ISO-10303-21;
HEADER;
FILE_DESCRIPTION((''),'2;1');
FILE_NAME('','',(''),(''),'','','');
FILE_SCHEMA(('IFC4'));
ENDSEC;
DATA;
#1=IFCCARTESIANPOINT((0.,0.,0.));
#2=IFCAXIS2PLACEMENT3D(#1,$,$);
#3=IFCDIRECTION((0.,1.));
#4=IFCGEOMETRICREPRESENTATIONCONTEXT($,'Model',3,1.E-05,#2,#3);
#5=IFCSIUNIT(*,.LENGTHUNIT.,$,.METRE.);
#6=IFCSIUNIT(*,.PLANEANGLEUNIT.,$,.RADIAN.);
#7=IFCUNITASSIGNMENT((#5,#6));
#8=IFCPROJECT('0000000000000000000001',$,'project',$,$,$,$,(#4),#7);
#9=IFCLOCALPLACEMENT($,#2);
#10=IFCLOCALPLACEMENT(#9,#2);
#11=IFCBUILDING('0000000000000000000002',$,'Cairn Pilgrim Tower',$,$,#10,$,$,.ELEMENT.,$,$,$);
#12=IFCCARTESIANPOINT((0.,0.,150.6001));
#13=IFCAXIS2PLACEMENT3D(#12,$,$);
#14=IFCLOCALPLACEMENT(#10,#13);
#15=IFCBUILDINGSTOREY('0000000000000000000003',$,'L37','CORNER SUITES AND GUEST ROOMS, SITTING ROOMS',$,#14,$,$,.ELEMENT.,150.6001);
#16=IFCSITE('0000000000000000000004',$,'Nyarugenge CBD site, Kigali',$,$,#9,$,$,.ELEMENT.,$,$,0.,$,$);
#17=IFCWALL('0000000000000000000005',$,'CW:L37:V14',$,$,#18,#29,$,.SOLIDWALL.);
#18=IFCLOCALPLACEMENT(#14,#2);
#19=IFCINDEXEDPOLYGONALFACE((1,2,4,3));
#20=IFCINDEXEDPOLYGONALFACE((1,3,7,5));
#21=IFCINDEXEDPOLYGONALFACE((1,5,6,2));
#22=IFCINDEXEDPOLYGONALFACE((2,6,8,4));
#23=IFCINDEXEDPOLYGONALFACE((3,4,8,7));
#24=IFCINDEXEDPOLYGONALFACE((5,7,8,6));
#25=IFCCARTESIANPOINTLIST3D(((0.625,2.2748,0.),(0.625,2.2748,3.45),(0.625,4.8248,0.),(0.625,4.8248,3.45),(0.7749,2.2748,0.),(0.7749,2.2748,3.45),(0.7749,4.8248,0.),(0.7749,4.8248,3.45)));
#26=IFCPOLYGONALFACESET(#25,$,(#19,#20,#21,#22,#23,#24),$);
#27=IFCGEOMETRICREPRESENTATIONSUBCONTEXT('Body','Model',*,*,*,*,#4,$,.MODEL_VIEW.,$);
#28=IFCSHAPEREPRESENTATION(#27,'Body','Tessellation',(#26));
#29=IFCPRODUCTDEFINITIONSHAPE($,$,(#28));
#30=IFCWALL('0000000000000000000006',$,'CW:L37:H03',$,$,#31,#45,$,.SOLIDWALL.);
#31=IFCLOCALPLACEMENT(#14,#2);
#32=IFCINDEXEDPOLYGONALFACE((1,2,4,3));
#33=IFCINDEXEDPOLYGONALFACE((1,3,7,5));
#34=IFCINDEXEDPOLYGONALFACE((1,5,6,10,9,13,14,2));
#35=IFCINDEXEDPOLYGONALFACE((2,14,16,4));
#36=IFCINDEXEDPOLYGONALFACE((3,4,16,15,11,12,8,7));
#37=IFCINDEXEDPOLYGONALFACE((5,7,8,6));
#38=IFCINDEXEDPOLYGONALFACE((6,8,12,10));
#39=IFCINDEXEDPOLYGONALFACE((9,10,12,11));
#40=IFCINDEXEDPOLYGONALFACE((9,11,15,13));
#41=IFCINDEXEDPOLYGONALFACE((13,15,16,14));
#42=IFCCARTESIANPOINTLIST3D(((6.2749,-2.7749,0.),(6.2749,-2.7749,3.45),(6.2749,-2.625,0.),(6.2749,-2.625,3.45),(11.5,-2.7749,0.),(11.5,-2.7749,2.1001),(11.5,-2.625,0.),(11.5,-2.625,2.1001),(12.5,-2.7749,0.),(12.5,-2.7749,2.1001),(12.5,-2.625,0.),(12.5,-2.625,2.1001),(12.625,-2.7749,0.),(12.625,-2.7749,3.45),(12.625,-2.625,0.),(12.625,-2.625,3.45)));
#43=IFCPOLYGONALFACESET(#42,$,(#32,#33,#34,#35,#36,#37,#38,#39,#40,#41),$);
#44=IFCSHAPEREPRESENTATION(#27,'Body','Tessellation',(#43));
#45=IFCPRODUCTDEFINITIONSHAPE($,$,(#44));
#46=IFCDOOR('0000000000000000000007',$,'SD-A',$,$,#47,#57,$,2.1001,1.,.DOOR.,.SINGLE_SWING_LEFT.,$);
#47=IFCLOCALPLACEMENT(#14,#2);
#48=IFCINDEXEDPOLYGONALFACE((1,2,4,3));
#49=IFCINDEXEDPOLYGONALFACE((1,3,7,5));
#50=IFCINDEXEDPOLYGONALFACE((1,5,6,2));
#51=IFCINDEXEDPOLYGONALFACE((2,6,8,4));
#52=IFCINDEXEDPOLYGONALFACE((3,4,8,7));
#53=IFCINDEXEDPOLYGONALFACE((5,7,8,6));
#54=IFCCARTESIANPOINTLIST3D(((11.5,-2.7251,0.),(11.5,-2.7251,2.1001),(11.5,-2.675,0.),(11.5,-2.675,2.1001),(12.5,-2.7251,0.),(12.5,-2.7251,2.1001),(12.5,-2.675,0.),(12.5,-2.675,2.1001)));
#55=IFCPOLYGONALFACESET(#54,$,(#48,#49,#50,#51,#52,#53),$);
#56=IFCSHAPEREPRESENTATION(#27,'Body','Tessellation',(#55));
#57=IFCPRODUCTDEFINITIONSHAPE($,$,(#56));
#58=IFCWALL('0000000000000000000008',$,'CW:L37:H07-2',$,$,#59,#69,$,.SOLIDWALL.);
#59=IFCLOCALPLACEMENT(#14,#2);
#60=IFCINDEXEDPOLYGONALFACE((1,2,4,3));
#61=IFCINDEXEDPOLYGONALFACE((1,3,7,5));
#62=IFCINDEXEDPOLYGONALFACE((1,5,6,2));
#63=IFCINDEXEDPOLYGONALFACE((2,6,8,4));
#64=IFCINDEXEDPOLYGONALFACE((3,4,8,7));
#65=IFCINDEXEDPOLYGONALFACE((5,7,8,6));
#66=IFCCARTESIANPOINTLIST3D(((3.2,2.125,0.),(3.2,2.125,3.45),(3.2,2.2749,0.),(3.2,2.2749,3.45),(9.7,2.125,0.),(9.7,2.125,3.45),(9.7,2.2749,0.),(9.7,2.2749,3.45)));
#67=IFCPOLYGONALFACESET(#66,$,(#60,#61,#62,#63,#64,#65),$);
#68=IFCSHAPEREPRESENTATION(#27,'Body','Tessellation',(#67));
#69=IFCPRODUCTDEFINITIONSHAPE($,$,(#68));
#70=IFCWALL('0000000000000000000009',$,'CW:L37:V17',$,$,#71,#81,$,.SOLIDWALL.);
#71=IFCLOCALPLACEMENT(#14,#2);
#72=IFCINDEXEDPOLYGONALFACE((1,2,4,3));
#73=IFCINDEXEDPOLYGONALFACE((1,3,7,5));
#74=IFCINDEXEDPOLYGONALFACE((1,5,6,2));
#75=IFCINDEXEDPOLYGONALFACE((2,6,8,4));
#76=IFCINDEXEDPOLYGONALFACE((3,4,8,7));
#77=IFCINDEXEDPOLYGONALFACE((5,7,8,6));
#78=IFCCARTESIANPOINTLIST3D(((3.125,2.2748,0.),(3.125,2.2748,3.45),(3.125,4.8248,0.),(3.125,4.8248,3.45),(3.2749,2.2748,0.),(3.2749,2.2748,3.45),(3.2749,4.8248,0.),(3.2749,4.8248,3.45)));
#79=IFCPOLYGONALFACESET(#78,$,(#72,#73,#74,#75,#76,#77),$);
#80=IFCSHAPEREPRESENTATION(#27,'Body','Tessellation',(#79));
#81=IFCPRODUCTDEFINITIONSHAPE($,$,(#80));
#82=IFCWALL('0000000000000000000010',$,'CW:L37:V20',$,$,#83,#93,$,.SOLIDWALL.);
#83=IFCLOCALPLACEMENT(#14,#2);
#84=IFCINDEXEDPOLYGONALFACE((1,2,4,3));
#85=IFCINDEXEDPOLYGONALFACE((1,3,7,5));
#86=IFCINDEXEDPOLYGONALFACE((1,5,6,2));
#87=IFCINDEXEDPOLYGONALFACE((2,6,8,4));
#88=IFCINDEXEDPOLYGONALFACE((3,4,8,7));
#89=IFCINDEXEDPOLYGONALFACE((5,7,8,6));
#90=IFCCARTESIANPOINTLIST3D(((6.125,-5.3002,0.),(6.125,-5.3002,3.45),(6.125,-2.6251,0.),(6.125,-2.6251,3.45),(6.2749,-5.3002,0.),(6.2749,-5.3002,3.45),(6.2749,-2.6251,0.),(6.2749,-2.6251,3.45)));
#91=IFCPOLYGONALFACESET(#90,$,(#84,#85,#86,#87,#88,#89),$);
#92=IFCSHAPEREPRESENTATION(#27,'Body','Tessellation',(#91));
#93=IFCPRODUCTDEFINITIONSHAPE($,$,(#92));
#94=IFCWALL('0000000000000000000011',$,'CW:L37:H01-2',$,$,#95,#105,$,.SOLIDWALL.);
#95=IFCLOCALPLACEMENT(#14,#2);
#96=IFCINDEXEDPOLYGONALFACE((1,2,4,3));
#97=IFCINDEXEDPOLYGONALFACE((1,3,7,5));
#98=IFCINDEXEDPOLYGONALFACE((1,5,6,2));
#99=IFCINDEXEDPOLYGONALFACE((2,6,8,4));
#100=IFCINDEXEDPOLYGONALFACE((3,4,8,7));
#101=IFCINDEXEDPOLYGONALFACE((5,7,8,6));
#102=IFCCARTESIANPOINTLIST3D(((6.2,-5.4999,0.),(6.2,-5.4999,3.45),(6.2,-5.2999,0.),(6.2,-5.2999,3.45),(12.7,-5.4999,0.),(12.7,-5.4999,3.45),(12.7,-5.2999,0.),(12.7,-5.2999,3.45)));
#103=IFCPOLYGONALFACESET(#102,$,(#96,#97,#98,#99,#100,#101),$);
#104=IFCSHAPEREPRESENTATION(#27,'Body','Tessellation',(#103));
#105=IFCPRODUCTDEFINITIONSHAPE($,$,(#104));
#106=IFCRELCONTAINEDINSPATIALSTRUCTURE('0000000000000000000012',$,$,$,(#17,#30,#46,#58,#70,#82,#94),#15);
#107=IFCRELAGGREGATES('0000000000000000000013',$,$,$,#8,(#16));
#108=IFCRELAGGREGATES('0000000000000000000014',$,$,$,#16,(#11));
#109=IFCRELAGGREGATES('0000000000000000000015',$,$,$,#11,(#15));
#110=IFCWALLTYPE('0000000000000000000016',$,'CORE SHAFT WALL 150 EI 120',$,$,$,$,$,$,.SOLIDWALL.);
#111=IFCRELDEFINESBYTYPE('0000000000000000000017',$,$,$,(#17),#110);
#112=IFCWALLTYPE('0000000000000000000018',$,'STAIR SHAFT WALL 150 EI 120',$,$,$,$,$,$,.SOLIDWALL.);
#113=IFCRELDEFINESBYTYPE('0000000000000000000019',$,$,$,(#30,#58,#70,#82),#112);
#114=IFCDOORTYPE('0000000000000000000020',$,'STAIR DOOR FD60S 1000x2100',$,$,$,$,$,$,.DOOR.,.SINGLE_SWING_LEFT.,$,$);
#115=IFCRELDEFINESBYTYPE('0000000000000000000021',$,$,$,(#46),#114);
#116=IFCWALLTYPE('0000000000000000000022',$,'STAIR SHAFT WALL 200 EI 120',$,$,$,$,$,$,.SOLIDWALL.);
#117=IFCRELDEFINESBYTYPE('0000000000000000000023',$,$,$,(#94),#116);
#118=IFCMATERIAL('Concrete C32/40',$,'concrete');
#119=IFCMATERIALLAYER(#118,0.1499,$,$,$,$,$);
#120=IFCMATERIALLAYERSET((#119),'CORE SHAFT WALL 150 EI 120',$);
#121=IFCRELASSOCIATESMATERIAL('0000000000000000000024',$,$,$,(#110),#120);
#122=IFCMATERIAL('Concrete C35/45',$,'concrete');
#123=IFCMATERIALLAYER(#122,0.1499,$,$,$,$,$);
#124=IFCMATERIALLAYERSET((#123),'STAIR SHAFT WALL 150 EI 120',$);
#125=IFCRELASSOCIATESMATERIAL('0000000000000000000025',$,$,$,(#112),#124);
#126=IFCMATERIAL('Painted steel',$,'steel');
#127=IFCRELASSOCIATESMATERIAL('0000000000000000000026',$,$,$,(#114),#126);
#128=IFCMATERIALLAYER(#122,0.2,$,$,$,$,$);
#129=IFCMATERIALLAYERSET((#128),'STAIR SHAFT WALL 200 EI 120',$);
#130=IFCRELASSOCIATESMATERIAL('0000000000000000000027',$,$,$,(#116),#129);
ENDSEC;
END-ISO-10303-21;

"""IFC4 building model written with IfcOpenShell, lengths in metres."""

from ifc_helpers import new_model, si_unit, direction, frame, frame_2d, origin, place, context, subcontext, project, spatial, rectangle, extrude, material, layer, layer_set, type_object, element, fill, save


model = new_model("IFC4")

# Units and contexts
model_context = context("Model", 3, precision=1e-05, world=origin(), true_north=direction((0.0, 1.0)))
body_context = subcontext(model_context, "Body", "Model", "MODEL_VIEW")
ifc_project = project(units=[si_unit("LENGTHUNIT", "METRE"), si_unit("PLANEANGLEUNIT", "RADIAN")], contexts=[model_context])

# Site, building, storey
site_placement = place(None, origin())
site = spatial("IfcSite", under=ifc_project, at=site_placement, Name="Nyarugenge CBD site, Kigali", CompositionType="ELEMENT", RefElevation=0.0)
building_placement = place(site_placement, origin())
building = spatial("IfcBuilding", under=site, at=building_placement, Name="Cairn Pilgrim Tower", CompositionType="ELEMENT")
storey_placement = place(building_placement, frame((0.0, 0.0, 150.6001)))
storey = spatial("IfcBuildingStorey", under=building, at=storey_placement, Name="L37", Description="CORNER SUITES AND GUEST ROOMS, SITTING ROOMS", CompositionType="ELEMENT", Elevation=150.6001)

# Shared definitions
ifc_material_1 = material(Name="Concrete C35/45", Category="concrete")

# Shared definitions
ifc_material_2 = material(Name="Concrete C32/40", Category="concrete")

# Wall
ifc_layer_1 = layer(ifc_material_2, 0.1499)
ifc_layer_set_1 = layer_set([ifc_layer_1], Name="CORE SHAFT WALL 150 EI 120")
wall_type_1 = type_object("IfcWallType", Name="CORE SHAFT WALL 150 EI 120", PredefinedType="SOLIDWALL", material=ifc_layer_set_1)
wall_1_placement = place(storey_placement, frame((0.7, 2.2749, 0.0), z_axis=(0.0, 0.0, 1.0), x_axis=(0.0, 1.0, 0.0)))
element("IfcWall", 1, at=wall_1_placement, inside=storey, type_object=wall_type_1, Name="CW:L37:V14", PredefinedType="SOLIDWALL", context=body_context, shape_type="SweptSolid", body=[
    extrude(rectangle(XDim=2.55, YDim=0.1499, at=frame_2d((1.2749, 0.0))), origin(), (0.0, 0.0, 1.0), 3.45),
])

# Wall, opening, door
ifc_layer_2 = layer(ifc_material_1, 0.1499)
ifc_layer_set_2 = layer_set([ifc_layer_2], Name="STAIR SHAFT WALL 150 EI 120")
wall_type_2 = type_object("IfcWallType", Name="STAIR SHAFT WALL 150 EI 120", PredefinedType="SOLIDWALL", material=ifc_layer_set_2)
wall_2_placement = place(storey_placement, frame((6.2749, -2.7, 0.0), z_axis=(0.0, 0.0, 1.0), x_axis=(1.0, 0.0, 0.0)))
wall_2 = element("IfcWall", 2, at=wall_2_placement, inside=storey, type_object=wall_type_2, Name="CW:L37:H03", PredefinedType="SOLIDWALL", context=body_context, shape_type="SweptSolid", body=[
    extrude(rectangle(XDim=6.3501, YDim=0.1499, at=frame_2d((3.175, 0.0))), origin(), (0.0, 0.0, 1.0), 3.45),
])
opening_placement = place(wall_2_placement, frame((5.2251, 0.0, 0.0)))
opening = element("IfcOpeningElement", 3, at=opening_placement, cuts=wall_2, PredefinedType="OPENING", context=body_context, shape_type="SweptSolid", body=[
    extrude(rectangle(XDim=1.0, YDim=2.1001, at=frame_2d((0.5, 1.05))), frame((0.0, 0.085, 0.0), z_axis=(0.0, -1.0, 0.0), x_axis=(1.0, 0.0, 0.0)), (0.0, 0.0, 1.0), 0.1699),
])
ifc_material_3 = material(Name="Painted steel", Category="steel")
door_type = type_object("IfcDoorType", Name="STAIR DOOR FD60S 1000x2100", OperationType="SINGLE_SWING_LEFT", PredefinedType="DOOR", material=ifc_material_3)
door_placement = place(opening_placement, origin())
door = element("IfcDoor", 4, at=door_placement, inside=storey, type_object=door_type, Name="SD-A", OperationType="SINGLE_SWING_LEFT", OverallHeight=2.1001, OverallWidth=1.0, PredefinedType="DOOR", context=body_context, shape_type="SweptSolid", body=[
    extrude(rectangle(XDim=1.0, YDim=2.1001, at=frame_2d((0.5, 1.05))), frame((0.0, 0.0249, 0.0), z_axis=(0.0, -1.0, 0.0), x_axis=(1.0, 0.0, 0.0)), (0.0, 0.0, 1.0), 0.05),
])
fill(opening, door)

# Walls
wall_3_placement = place(storey_placement, frame((3.2, 2.2, 0.0), z_axis=(0.0, 0.0, 1.0), x_axis=(1.0, 0.0, 0.0)))
element("IfcWall", 5, at=wall_3_placement, inside=storey, type_object=wall_type_2, Name="CW:L37:H07-2", PredefinedType="SOLIDWALL", context=body_context, shape_type="SweptSolid", body=[
    extrude(rectangle(XDim=6.5, YDim=0.1499, at=frame_2d((3.25, 0.0))), origin(), (0.0, 0.0, 1.0), 3.45),
])
wall_4_placement = place(storey_placement, frame((3.2, 2.2749, 0.0), z_axis=(0.0, 0.0, 1.0), x_axis=(0.0, 1.0, 0.0)))
element("IfcWall", 6, at=wall_4_placement, inside=storey, type_object=wall_type_2, Name="CW:L37:V17", PredefinedType="SOLIDWALL", context=body_context, shape_type="SweptSolid", body=[
    extrude(rectangle(XDim=2.55, YDim=0.1499, at=frame_2d((1.2749, 0.0))), origin(), (0.0, 0.0, 1.0), 3.45),
])
wall_5_placement = place(storey_placement, frame((6.2, -5.3, 0.0), z_axis=(0.0, 0.0, 1.0), x_axis=(0.0, 1.0, 0.0)))
element("IfcWall", 7, at=wall_5_placement, inside=storey, type_object=wall_type_2, Name="CW:L37:V20", PredefinedType="SOLIDWALL", context=body_context, shape_type="SweptSolid", body=[
    extrude(rectangle(XDim=2.675, YDim=0.1499, at=frame_2d((1.3374, 0.0))), origin(), (0.0, 0.0, 1.0), 3.45),
])
ifc_layer_3 = layer(ifc_material_1, 0.2)
ifc_layer_set_3 = layer_set([ifc_layer_3], Name="STAIR SHAFT WALL 200 EI 120")
wall_type_3 = type_object("IfcWallType", Name="STAIR SHAFT WALL 200 EI 120", PredefinedType="SOLIDWALL", material=ifc_layer_set_3)
wall_6_placement = place(storey_placement, frame((6.2, -5.3999, 0.0), z_axis=(0.0, 0.0, 1.0), x_axis=(1.0, 0.0, 0.0)))
element("IfcWall", 8, at=wall_6_placement, inside=storey, type_object=wall_type_3, Name="CW:L37:H01-2", PredefinedType="SOLIDWALL", context=body_context, shape_type="SweptSolid", body=[
    extrude(rectangle(XDim=6.5, YDim=0.2, at=frame_2d((3.25, 0.0))), origin(), (0.0, 0.0, 1.0), 3.45),
])

save(model, "model.ifc")
